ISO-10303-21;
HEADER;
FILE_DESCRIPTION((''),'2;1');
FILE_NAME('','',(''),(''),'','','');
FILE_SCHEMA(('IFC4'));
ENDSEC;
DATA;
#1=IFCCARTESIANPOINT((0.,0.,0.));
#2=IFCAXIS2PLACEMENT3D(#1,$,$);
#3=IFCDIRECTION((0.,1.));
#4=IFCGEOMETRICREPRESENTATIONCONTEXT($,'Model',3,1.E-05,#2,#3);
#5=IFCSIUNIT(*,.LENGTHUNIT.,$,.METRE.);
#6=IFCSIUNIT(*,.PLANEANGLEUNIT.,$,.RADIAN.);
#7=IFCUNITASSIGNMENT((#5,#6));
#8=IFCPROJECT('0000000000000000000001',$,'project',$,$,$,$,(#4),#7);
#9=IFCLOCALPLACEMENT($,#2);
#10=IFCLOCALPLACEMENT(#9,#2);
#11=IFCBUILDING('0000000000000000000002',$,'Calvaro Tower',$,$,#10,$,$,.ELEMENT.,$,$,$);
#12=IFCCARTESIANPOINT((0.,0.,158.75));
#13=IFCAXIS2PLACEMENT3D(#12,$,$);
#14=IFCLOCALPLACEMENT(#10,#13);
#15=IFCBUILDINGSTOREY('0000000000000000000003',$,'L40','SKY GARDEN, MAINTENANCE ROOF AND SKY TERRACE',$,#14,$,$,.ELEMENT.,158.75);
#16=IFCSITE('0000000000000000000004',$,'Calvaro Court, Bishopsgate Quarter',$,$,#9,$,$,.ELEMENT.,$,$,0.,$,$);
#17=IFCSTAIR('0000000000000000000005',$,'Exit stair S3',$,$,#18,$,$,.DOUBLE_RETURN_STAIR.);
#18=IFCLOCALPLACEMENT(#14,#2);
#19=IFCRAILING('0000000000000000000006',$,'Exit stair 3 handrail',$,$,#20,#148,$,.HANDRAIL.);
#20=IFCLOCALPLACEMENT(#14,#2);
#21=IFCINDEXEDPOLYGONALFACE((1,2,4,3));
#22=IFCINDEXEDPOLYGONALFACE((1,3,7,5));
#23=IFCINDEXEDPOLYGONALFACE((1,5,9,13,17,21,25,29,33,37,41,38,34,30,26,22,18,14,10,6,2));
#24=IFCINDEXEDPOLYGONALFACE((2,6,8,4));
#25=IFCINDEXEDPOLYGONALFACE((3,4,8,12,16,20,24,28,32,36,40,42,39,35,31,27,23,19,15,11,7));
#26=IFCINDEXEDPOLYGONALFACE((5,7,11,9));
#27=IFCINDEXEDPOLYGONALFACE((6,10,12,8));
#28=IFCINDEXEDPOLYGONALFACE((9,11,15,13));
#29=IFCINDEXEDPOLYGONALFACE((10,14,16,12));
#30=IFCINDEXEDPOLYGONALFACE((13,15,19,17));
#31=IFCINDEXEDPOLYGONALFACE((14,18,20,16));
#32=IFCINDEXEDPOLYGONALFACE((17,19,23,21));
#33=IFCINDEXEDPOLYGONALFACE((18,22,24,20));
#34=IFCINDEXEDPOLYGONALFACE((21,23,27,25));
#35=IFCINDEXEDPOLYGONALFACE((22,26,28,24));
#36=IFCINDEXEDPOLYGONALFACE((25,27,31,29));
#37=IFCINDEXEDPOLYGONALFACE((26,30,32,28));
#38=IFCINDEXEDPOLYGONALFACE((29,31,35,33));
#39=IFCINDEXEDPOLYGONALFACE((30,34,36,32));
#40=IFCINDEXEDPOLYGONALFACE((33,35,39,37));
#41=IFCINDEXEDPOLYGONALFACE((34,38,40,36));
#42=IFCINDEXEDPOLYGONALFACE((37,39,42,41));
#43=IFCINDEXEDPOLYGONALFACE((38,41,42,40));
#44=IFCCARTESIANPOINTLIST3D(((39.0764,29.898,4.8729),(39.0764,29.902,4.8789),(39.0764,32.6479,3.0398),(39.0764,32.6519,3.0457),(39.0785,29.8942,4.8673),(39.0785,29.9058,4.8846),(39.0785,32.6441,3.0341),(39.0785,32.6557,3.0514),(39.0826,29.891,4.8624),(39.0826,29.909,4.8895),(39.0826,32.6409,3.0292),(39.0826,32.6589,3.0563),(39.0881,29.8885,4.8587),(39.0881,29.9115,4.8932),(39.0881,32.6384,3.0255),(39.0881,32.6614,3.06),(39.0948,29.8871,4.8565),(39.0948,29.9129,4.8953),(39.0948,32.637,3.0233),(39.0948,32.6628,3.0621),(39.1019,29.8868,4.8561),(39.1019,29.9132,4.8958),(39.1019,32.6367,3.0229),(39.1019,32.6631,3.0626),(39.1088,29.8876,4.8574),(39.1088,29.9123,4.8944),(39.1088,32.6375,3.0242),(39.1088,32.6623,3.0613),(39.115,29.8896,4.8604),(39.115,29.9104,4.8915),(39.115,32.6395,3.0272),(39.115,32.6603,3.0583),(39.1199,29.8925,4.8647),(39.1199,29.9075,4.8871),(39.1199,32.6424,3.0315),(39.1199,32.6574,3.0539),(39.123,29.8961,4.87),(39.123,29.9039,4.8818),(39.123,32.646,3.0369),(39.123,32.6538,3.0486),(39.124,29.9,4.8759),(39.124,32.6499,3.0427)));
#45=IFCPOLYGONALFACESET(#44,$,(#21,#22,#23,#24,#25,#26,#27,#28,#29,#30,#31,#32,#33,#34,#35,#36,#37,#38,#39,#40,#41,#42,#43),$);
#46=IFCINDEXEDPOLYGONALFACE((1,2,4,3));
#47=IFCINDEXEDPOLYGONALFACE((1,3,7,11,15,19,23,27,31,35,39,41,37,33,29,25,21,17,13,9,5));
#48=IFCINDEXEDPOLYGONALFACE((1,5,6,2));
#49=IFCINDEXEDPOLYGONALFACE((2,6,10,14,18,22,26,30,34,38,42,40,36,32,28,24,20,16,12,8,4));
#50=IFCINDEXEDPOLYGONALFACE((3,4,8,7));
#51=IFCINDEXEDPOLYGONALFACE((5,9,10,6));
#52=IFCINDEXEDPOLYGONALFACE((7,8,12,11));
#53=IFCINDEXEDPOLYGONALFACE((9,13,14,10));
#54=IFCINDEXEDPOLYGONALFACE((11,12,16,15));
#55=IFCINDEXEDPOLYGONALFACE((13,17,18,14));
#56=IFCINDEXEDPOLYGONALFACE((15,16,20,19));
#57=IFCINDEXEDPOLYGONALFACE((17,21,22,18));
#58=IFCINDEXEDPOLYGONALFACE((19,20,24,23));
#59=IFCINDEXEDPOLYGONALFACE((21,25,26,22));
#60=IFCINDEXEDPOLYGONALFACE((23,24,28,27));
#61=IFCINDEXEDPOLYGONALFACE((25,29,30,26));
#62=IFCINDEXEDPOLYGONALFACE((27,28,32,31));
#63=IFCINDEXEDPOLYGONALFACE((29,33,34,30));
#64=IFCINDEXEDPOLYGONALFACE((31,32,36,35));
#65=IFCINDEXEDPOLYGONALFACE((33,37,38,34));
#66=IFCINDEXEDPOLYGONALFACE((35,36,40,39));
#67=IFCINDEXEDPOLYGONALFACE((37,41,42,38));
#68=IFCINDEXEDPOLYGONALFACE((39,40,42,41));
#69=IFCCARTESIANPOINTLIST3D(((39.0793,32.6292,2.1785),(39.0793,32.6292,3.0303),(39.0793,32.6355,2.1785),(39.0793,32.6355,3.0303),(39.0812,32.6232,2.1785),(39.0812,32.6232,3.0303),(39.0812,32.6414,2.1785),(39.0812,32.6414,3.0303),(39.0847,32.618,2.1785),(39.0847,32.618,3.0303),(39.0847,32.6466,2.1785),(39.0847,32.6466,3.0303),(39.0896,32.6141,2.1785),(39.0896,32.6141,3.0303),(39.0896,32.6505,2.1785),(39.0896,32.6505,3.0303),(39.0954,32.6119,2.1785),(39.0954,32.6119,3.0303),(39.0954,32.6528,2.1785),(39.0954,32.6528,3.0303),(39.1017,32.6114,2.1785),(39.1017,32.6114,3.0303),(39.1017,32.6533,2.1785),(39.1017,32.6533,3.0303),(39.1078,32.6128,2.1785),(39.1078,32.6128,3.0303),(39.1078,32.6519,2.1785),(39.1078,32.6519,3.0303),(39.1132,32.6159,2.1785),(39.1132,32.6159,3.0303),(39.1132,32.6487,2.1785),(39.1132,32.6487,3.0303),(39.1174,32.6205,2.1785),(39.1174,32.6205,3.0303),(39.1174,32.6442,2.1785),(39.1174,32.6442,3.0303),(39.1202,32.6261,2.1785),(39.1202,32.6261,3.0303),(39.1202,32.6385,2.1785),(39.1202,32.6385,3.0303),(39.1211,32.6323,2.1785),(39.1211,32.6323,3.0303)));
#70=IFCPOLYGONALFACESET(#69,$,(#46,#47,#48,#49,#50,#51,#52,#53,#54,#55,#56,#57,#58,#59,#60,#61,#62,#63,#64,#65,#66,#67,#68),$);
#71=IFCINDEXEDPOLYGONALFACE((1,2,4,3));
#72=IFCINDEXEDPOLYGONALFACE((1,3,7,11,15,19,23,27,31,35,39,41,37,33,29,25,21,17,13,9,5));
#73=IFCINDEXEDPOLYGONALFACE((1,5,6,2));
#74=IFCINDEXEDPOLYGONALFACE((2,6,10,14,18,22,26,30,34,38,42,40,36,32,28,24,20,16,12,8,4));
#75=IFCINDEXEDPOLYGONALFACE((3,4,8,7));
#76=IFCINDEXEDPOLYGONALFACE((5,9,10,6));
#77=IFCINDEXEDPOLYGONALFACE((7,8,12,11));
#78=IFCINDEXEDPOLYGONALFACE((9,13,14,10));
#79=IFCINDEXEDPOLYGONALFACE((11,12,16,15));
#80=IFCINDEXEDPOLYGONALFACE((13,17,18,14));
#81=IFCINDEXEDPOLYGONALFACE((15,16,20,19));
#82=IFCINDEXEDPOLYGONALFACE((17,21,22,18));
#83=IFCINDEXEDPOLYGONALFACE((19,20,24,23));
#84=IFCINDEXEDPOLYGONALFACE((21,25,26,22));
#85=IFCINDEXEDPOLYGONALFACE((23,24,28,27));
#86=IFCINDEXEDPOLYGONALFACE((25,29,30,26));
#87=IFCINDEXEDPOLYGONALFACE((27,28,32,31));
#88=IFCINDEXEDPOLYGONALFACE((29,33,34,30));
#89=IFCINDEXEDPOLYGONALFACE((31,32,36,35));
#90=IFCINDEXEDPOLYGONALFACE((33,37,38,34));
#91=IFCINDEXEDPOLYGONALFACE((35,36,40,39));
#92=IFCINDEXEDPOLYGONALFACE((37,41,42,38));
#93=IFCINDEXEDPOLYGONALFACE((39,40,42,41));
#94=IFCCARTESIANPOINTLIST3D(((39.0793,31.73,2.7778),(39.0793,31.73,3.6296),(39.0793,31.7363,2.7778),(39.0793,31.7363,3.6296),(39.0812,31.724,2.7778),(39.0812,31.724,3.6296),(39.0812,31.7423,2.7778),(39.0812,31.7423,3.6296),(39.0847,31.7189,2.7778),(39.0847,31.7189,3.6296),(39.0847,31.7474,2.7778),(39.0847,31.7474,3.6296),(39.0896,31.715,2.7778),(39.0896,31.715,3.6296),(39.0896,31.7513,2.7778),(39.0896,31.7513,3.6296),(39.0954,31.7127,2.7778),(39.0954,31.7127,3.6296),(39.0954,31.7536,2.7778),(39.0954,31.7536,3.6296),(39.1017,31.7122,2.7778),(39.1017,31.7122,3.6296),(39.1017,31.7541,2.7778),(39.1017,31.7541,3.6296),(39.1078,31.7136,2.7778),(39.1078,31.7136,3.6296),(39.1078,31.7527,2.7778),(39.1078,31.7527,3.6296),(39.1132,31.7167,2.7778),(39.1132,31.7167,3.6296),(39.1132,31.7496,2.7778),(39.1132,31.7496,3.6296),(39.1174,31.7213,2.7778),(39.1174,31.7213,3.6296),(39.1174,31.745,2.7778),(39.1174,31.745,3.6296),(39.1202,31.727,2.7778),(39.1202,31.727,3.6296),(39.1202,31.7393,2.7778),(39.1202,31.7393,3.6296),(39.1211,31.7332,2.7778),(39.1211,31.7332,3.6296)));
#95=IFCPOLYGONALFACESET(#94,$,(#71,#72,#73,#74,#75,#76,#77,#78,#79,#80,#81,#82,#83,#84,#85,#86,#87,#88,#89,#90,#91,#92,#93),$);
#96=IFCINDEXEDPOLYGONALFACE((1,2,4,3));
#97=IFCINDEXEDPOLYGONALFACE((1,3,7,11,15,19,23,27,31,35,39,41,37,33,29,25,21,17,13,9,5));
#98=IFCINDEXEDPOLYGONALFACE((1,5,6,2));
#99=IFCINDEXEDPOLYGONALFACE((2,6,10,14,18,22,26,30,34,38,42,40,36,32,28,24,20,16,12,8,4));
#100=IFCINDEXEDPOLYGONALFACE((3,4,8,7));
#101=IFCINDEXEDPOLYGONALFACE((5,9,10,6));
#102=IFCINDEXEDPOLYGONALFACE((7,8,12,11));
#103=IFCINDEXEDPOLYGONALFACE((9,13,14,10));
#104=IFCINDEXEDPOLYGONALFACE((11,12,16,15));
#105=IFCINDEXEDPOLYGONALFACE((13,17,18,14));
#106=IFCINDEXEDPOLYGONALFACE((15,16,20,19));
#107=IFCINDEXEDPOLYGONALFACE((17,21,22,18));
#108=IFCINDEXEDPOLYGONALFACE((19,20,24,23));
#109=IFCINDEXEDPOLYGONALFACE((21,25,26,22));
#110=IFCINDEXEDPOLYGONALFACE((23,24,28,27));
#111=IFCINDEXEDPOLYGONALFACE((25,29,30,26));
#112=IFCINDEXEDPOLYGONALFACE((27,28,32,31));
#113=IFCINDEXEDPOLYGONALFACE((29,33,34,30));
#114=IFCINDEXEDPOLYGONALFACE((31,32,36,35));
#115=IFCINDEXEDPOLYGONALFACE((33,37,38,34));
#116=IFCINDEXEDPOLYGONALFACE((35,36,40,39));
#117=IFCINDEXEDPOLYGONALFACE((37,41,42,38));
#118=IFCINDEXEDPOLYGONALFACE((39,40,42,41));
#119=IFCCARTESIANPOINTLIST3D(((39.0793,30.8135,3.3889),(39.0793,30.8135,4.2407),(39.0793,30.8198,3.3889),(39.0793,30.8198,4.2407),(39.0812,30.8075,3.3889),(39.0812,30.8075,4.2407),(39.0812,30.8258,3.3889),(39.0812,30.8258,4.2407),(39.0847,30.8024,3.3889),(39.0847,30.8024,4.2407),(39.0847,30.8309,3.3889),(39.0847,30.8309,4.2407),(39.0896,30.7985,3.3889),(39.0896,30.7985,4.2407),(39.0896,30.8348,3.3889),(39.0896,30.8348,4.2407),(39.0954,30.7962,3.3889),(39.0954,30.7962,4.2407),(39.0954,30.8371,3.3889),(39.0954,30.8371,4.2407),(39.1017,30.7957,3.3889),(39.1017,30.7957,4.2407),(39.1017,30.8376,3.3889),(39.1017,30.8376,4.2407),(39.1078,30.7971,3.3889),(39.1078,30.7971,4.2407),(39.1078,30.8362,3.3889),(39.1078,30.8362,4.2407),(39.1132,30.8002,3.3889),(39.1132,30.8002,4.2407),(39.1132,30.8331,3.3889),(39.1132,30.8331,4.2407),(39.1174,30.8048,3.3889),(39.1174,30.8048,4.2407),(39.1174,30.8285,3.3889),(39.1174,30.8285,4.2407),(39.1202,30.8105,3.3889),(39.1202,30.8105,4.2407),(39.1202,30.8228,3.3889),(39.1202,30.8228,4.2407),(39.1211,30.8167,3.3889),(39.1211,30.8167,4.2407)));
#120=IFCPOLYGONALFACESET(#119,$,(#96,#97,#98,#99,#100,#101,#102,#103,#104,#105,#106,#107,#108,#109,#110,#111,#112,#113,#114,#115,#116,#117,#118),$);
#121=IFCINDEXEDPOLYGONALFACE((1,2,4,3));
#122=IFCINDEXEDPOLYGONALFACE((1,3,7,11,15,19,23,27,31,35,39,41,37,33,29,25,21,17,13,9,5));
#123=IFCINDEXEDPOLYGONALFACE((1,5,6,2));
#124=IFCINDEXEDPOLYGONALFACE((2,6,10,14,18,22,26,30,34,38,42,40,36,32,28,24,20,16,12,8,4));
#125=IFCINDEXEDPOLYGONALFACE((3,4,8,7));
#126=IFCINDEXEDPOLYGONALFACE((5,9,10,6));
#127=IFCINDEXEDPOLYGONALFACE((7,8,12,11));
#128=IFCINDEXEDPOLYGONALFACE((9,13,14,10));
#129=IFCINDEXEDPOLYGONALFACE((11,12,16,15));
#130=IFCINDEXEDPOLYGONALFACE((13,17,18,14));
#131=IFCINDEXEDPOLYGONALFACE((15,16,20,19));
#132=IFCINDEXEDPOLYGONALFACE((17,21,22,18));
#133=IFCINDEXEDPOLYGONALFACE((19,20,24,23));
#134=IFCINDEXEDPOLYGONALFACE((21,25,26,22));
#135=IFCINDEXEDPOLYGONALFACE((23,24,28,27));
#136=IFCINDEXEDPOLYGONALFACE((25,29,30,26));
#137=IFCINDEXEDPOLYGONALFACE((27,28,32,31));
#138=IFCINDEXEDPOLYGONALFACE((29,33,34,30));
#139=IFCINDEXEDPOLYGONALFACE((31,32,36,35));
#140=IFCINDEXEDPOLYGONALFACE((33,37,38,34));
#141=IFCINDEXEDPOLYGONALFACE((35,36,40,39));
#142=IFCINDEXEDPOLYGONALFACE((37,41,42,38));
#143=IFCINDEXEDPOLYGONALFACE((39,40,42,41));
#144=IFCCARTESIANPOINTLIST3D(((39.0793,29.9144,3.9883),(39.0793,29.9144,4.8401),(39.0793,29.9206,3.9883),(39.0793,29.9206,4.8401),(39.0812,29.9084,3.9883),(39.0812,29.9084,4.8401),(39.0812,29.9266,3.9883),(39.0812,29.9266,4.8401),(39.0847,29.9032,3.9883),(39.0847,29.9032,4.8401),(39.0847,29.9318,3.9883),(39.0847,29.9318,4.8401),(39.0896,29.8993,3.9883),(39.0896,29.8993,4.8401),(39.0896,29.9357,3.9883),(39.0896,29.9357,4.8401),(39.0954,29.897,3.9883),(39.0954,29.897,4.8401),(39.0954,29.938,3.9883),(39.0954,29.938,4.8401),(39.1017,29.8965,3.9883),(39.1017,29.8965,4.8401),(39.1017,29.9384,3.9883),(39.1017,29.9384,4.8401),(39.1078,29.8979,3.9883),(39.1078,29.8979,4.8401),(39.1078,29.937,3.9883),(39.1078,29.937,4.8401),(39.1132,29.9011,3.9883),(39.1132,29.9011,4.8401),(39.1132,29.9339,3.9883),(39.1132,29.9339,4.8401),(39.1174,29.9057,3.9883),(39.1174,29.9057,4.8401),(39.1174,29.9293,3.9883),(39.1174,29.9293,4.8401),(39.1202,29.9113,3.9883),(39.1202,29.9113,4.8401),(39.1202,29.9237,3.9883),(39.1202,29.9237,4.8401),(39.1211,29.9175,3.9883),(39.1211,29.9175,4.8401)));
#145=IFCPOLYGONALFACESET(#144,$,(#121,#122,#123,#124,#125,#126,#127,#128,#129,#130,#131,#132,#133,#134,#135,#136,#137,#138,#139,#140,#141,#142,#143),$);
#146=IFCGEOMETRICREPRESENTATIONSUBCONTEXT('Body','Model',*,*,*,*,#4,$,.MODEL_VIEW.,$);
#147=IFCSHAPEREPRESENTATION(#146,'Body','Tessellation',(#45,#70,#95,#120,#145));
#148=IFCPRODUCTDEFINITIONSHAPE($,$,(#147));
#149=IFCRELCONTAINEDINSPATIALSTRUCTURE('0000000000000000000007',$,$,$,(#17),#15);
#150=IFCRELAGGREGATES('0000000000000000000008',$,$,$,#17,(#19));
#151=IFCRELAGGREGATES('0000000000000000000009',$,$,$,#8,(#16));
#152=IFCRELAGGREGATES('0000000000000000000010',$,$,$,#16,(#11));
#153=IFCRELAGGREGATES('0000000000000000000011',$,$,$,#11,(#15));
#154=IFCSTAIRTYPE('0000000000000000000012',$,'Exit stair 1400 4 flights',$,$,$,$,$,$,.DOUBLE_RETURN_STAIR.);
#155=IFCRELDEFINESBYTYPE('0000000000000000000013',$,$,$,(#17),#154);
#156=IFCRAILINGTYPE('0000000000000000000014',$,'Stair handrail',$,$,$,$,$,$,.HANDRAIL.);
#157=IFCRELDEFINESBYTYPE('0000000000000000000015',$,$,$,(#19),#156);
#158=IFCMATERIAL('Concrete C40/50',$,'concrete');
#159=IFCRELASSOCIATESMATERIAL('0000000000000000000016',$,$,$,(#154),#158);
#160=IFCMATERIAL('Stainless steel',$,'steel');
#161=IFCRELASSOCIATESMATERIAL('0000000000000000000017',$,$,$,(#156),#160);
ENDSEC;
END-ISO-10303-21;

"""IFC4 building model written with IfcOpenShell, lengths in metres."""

from ifc_helpers import new_model, si_unit, direction, frame, origin, origin_2d, place, context, subcontext, project, spatial, circle, extrude, material, type_object, element, aggregate, save


model = new_model("IFC4")

# Units and contexts
model_context = context("Model", 3, precision=1e-05, world=origin(), true_north=direction((0.0, 1.0)))
body_context = subcontext(model_context, "Body", "Model", "MODEL_VIEW")
ifc_project = project(units=[si_unit("LENGTHUNIT", "METRE"), si_unit("PLANEANGLEUNIT", "RADIAN")], contexts=[model_context])

# Site, building, storey
site_placement = place(None, origin())
site = spatial("IfcSite", under=ifc_project, at=site_placement, Name="Calvaro Court, Bishopsgate Quarter", CompositionType="ELEMENT", RefElevation=0.0)
building_placement = place(site_placement, origin())
building = spatial("IfcBuilding", under=site, at=building_placement, Name="Calvaro Tower", CompositionType="ELEMENT")
storey_placement = place(building_placement, frame((0.0, 0.0, 158.75)))
storey = spatial("IfcBuildingStorey", under=building, at=storey_placement, Name="L40", Description="SKY GARDEN, MAINTENANCE ROOF AND SKY TERRACE", CompositionType="ELEMENT", Elevation=158.75)

# Stair, railing
ifc_material_1 = material(Name="Concrete C40/50", Category="concrete")
stair_type = type_object("IfcStairType", Name="Exit stair 1400 4 flights", PredefinedType="DOUBLE_RETURN_STAIR", material=ifc_material_1)
stair_placement = place(storey_placement, origin())
stair = element("IfcStair", 1, at=stair_placement, inside=storey, type_object=stair_type, Name="Exit stair S3", PredefinedType="DOUBLE_RETURN_STAIR")
ifc_material_2 = material(Name="Stainless steel", Category="steel")
railing_type = type_object("IfcRailingType", Name="Stair handrail", PredefinedType="HANDRAIL", material=ifc_material_2)
railing_1_placement = place(storey_placement, frame((39.1001, 32.6499, 2.1667)))
railing_1 = element("IfcRailing", 2, at=railing_1_placement, type_object=railing_type, Name="Exit stair 3 handrail", PredefinedType="HANDRAIL", context=body_context, shape_type="SweptSolid", body=[
    extrude(circle(Radius=0.0239, at=origin_2d()), frame((0.0, 0.0, 0.876), z_axis=(0.0, -0.832062, 0.554683), x_axis=(1.0, 0.0, 0.0)), (0.0, 0.0, 1.0), 3.3049),
    extrude(circle(Radius=0.021, at=origin_2d()), frame((0.0, -0.0176, 0.0117)), (0.0, 0.0, 1.0), 0.8518),
    extrude(circle(Radius=0.021, at=origin_2d()), frame((0.0, -0.9167, 0.6111)), (0.0, 0.0, 1.0), 0.8518),
    extrude(circle(Radius=0.021, at=origin_2d()), frame((0.0, -1.8333, 1.2222)), (0.0, 0.0, 1.0), 0.8518),
    extrude(circle(Radius=0.021, at=origin_2d()), frame((0.0, -2.7324, 1.8215)), (0.0, 0.0, 1.0), 0.8518),
])
aggregate(stair, [railing_1])

save(model, "model.ifc")
